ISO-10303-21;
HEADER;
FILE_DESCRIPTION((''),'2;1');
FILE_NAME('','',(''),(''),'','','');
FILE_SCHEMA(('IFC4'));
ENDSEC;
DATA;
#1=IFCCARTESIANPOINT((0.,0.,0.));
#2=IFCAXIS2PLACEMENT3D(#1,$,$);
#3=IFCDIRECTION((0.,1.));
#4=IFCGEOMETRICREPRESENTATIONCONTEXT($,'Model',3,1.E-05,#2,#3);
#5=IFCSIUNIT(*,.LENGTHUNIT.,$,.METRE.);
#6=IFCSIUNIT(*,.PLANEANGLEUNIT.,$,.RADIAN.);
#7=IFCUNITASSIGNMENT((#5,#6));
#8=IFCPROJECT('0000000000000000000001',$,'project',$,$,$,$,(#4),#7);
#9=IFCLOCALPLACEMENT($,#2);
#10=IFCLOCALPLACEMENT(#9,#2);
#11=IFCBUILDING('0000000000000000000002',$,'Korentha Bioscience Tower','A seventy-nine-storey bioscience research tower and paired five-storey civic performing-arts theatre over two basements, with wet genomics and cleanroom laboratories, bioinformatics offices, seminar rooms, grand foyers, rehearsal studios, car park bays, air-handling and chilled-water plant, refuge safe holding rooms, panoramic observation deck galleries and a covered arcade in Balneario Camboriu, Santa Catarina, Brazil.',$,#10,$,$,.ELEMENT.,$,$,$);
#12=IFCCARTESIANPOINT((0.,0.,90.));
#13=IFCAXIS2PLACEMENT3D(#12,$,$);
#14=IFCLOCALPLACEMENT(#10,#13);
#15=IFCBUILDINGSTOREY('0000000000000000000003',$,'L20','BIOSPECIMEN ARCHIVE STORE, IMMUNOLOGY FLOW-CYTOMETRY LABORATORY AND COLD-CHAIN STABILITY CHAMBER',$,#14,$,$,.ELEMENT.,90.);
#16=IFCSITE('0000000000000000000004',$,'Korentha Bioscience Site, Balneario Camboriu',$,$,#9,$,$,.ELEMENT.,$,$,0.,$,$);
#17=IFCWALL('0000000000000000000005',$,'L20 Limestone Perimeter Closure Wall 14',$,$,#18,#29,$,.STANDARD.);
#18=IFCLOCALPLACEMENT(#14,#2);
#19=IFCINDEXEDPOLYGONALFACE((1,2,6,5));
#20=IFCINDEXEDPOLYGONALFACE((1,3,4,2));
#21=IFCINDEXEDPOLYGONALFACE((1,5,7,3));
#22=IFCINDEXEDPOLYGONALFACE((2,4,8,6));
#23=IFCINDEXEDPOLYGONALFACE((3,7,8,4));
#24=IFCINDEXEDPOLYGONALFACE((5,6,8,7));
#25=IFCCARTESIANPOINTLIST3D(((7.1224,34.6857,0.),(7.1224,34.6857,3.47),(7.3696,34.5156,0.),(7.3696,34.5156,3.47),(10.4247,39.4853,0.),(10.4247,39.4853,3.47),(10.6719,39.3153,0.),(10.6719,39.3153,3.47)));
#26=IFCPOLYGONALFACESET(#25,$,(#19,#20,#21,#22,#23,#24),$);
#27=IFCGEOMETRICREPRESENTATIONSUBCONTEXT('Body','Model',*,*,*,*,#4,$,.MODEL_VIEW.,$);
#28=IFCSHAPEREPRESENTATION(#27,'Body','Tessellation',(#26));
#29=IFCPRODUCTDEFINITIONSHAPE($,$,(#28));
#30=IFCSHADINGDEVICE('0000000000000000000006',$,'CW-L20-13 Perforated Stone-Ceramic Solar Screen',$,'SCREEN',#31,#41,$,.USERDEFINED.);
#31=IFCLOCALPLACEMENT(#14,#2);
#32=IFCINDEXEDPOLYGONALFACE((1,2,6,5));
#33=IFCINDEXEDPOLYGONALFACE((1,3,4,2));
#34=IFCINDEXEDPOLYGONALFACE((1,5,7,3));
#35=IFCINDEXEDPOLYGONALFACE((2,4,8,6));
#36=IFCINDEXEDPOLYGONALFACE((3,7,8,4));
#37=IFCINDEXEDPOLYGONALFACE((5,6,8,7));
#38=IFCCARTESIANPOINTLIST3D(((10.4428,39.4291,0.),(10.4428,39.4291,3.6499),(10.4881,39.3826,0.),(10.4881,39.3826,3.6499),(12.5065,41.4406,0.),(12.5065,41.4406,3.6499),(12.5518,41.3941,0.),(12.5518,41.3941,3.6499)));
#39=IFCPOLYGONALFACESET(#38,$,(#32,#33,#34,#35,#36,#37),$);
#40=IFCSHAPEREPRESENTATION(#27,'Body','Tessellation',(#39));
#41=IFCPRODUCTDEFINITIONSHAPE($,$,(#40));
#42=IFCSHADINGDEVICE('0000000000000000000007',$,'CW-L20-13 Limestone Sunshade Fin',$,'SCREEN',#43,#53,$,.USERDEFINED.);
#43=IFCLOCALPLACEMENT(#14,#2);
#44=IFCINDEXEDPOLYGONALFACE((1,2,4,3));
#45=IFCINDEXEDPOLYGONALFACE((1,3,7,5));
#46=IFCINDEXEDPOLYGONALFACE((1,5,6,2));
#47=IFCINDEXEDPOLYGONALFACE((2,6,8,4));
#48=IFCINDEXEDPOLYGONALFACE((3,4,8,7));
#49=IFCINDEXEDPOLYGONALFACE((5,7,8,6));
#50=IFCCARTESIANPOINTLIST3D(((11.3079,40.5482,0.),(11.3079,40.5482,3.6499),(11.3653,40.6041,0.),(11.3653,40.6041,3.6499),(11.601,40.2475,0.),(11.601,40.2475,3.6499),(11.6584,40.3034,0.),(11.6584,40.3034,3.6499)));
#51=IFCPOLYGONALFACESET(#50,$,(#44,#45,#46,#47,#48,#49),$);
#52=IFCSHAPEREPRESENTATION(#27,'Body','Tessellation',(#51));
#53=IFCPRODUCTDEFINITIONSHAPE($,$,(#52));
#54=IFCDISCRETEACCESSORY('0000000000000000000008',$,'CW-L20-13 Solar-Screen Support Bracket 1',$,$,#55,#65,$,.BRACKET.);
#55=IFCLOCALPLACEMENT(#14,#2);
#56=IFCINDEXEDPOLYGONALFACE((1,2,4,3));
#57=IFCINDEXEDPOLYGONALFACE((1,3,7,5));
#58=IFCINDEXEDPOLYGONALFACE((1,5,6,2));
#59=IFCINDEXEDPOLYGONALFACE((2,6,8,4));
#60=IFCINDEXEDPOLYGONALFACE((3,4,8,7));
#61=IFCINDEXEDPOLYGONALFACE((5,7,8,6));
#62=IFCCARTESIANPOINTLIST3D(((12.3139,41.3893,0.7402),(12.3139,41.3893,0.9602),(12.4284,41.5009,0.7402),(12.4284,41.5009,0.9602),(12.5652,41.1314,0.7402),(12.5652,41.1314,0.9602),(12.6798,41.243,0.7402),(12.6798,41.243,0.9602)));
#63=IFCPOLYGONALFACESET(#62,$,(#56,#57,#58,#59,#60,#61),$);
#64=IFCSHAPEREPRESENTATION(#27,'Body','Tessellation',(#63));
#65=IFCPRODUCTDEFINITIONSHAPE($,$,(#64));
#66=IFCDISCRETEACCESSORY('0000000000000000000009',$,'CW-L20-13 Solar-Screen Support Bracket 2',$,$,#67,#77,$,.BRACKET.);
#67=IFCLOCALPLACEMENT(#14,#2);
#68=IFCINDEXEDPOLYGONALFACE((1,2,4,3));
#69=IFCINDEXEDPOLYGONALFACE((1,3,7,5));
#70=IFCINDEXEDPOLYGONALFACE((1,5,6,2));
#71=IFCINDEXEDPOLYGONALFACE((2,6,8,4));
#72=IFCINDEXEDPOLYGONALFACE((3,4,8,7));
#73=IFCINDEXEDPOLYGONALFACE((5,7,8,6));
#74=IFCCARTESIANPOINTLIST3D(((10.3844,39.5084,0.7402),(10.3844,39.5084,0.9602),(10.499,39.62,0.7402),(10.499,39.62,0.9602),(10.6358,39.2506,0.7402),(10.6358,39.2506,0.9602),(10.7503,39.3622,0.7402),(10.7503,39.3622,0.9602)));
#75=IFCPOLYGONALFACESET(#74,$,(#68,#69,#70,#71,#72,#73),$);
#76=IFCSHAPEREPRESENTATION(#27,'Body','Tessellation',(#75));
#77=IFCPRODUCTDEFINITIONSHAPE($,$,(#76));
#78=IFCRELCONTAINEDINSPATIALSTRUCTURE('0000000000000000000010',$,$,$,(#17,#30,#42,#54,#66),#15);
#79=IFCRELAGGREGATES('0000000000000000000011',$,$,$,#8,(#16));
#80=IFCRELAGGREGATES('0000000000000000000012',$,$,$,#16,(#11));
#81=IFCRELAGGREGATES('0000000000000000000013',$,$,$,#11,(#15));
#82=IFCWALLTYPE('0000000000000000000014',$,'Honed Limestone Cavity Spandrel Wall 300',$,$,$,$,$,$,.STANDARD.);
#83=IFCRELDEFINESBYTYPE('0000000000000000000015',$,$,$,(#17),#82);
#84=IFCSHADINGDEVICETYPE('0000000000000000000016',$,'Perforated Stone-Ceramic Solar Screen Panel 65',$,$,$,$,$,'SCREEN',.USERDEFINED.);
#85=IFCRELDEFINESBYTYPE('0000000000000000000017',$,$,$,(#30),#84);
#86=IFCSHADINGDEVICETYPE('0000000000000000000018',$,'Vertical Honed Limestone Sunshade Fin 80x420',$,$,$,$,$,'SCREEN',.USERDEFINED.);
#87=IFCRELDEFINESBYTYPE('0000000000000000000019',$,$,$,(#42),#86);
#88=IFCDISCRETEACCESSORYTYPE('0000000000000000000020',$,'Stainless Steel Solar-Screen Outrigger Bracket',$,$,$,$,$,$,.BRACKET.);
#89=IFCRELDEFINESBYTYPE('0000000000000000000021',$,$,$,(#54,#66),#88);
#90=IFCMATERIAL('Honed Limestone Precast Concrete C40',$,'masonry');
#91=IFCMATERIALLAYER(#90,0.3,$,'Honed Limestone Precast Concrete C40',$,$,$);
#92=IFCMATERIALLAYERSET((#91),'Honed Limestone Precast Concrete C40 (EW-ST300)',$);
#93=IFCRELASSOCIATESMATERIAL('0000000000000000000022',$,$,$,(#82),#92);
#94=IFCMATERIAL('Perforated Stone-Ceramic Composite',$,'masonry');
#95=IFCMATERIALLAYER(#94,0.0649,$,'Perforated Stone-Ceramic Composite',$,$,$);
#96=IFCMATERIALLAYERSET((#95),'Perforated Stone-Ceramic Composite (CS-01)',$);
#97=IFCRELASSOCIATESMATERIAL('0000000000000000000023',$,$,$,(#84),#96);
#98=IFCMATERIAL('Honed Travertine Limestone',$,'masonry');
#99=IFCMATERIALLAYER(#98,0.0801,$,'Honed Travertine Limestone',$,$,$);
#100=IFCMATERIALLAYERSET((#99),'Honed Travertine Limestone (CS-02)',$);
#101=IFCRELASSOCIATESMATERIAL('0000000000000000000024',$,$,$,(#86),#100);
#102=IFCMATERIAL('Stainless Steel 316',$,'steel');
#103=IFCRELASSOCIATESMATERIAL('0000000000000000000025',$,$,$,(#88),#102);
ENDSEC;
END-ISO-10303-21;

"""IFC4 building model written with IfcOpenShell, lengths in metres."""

from ifc_helpers import new_model, si_unit, direction, frame, frame_2d, origin, origin_2d, place, context, subcontext, project, spatial, rectangle, extrude, material, layer, layer_set, type_object, element, save


model = new_model("IFC4")

# Units and contexts
model_context = context("Model", 3, precision=1e-05, world=origin(), true_north=direction((0.0, 1.0)))
body_context = subcontext(model_context, "Body", "Model", "MODEL_VIEW")
ifc_project = project(units=[si_unit("LENGTHUNIT", "METRE"), si_unit("PLANEANGLEUNIT", "RADIAN")], contexts=[model_context])

# Site, building, storey
site_placement = place(None, origin())
site = spatial("IfcSite", under=ifc_project, at=site_placement, Name="Korentha Bioscience Site, Balneario Camboriu", CompositionType="ELEMENT", RefElevation=0.0)
building_placement = place(site_placement, origin())
building = spatial("IfcBuilding", under=site, at=building_placement, Name="Korentha Bioscience Tower", Description="A seventy-nine-storey bioscience research tower and paired five-storey civic performing-arts theatre over two basements, with wet genomics and cleanroom laboratories, bioinformatics offices, seminar rooms, grand foyers, rehearsal studios, car park bays, air-handling and chilled-water plant, refuge safe holding rooms, panoramic observation deck galleries and a covered arcade in Balneario Camboriu, Santa Catarina, Brazil.", CompositionType="ELEMENT")
storey_placement = place(building_placement, frame((0.0, 0.0, 90.0)))
storey = spatial("IfcBuildingStorey", under=building, at=storey_placement, Name="L20", Description="BIOSPECIMEN ARCHIVE STORE, IMMUNOLOGY FLOW-CYTOMETRY LABORATORY AND COLD-CHAIN STABILITY CHAMBER", CompositionType="ELEMENT", Elevation=90.0)

# Shared definitions
ifc_material_1 = material(Name="Honed Limestone Precast Concrete C40", Category="masonry")
ifc_layer_1 = layer(ifc_material_1, 0.3, Name="Honed Limestone Precast Concrete C40")
ifc_layer_set_1 = layer_set([ifc_layer_1], Name="Honed Limestone Precast Concrete C40 (EW-ST300)")
wall_type_1 = type_object("IfcWallType", Name="Honed Limestone Cavity Spandrel Wall 300", PredefinedType="STANDARD", material=ifc_layer_set_1)

# Wall
wall_1_placement = place(storey_placement, frame((10.5483, 39.4004, 0.0), z_axis=(0.0, 0.0, 1.0), x_axis=(-0.566826, -0.823838, 0.0)))
element("IfcWall", 1, at=wall_1_placement, inside=storey, type_object=wall_type_1, Name="L20 Limestone Perimeter Closure Wall 14", PredefinedType="STANDARD", context=body_context, shape_type="SweptSolid", body=[
    extrude(rectangle(XDim=5.8259, YDim=0.3, at=frame_2d((2.9131, 0.0))), origin(), (0.0, 0.0, 1.0), 3.47),
])

# Shading devices
ifc_material_2 = material(Name="Perforated Stone-Ceramic Composite", Category="masonry")
ifc_layer_2 = layer(ifc_material_2, 0.0649, Name="Perforated Stone-Ceramic Composite")
ifc_layer_set_2 = layer_set([ifc_layer_2], Name="Perforated Stone-Ceramic Composite (CS-01)")
shading_device_type_1 = type_object("IfcShadingDeviceType", Name="Perforated Stone-Ceramic Solar Screen Panel 65", ElementType="SCREEN", PredefinedType="USERDEFINED", material=ifc_layer_set_2)
shading_device_1_placement = place(storey_placement, frame((11.4973, 40.4116, 0.0), z_axis=(0.0, 0.0, 1.0), x_axis=(-0.716096, -0.698002, 0.0)))
element("IfcShadingDevice", 2, at=shading_device_1_placement, inside=storey, type_object=shading_device_type_1, Name="CW-L20-13 Perforated Stone-Ceramic Solar Screen", ObjectType="SCREEN", PredefinedType="USERDEFINED", context=body_context, shape_type="SweptSolid", body=[
    extrude(rectangle(XDim=2.8818, YDim=0.0649, at=origin_2d()), origin(), (0.0, 0.0, 1.0), 3.6499),
])
ifc_material_3 = material(Name="Honed Travertine Limestone", Category="masonry")
ifc_layer_3 = layer(ifc_material_3, 0.0801, Name="Honed Travertine Limestone")
ifc_layer_set_3 = layer_set([ifc_layer_3], Name="Honed Travertine Limestone (CS-02)")
shading_device_type_2 = type_object("IfcShadingDeviceType", Name="Vertical Honed Limestone Sunshade Fin 80x420", ElementType="SCREEN", PredefinedType="USERDEFINED", material=ifc_layer_set_3)
shading_device_2_placement = place(storey_placement, frame((11.4832, 40.4258, 0.0), z_axis=(0.0, 0.0, 1.0), x_axis=(-0.716096, -0.698002, 0.0)))
element("IfcShadingDevice", 3, at=shading_device_2_placement, inside=storey, type_object=shading_device_type_2, Name="CW-L20-13 Limestone Sunshade Fin", ObjectType="SCREEN", PredefinedType="USERDEFINED", context=body_context, shape_type="SweptSolid", body=[
    extrude(rectangle(XDim=0.0801, YDim=0.4199, at=origin_2d()), origin(), (0.0, 0.0, 1.0), 3.6499),
])

# Discrete accessories
ifc_material_4 = material(Name="Stainless Steel 316", Category="steel")
discrete_accessory_type = type_object("IfcDiscreteAccessoryType", Name="Stainless Steel Solar-Screen Outrigger Bracket", PredefinedType="BRACKET", material=ifc_material_4)
for number, where, z_axis, x_axis, name in (
    (4, (12.4968, 41.3162, 0.7402), (0.0, 0.0, 1.0), (-0.716096, -0.698002, 0.0), "CW-L20-13 Solar-Screen Support Bracket 1"),
    (5, (10.5674, 39.4353, 0.7402), (0.0, 0.0, 1.0), (-0.716096, -0.698002, 0.0), "CW-L20-13 Solar-Screen Support Bracket 2"),
):
    element("IfcDiscreteAccessory", number, at=place(storey_placement, frame(where, z_axis=z_axis, x_axis=x_axis)), inside=storey, type_object=discrete_accessory_type, Name=name, PredefinedType="BRACKET", context=body_context, shape_type="SweptSolid", body=[
        extrude(rectangle(XDim=0.1599, YDim=0.3601, at=origin_2d()), origin(), (0.0, 0.0, 1.0), 0.22),
    ])

save(model, "model.ifc")
